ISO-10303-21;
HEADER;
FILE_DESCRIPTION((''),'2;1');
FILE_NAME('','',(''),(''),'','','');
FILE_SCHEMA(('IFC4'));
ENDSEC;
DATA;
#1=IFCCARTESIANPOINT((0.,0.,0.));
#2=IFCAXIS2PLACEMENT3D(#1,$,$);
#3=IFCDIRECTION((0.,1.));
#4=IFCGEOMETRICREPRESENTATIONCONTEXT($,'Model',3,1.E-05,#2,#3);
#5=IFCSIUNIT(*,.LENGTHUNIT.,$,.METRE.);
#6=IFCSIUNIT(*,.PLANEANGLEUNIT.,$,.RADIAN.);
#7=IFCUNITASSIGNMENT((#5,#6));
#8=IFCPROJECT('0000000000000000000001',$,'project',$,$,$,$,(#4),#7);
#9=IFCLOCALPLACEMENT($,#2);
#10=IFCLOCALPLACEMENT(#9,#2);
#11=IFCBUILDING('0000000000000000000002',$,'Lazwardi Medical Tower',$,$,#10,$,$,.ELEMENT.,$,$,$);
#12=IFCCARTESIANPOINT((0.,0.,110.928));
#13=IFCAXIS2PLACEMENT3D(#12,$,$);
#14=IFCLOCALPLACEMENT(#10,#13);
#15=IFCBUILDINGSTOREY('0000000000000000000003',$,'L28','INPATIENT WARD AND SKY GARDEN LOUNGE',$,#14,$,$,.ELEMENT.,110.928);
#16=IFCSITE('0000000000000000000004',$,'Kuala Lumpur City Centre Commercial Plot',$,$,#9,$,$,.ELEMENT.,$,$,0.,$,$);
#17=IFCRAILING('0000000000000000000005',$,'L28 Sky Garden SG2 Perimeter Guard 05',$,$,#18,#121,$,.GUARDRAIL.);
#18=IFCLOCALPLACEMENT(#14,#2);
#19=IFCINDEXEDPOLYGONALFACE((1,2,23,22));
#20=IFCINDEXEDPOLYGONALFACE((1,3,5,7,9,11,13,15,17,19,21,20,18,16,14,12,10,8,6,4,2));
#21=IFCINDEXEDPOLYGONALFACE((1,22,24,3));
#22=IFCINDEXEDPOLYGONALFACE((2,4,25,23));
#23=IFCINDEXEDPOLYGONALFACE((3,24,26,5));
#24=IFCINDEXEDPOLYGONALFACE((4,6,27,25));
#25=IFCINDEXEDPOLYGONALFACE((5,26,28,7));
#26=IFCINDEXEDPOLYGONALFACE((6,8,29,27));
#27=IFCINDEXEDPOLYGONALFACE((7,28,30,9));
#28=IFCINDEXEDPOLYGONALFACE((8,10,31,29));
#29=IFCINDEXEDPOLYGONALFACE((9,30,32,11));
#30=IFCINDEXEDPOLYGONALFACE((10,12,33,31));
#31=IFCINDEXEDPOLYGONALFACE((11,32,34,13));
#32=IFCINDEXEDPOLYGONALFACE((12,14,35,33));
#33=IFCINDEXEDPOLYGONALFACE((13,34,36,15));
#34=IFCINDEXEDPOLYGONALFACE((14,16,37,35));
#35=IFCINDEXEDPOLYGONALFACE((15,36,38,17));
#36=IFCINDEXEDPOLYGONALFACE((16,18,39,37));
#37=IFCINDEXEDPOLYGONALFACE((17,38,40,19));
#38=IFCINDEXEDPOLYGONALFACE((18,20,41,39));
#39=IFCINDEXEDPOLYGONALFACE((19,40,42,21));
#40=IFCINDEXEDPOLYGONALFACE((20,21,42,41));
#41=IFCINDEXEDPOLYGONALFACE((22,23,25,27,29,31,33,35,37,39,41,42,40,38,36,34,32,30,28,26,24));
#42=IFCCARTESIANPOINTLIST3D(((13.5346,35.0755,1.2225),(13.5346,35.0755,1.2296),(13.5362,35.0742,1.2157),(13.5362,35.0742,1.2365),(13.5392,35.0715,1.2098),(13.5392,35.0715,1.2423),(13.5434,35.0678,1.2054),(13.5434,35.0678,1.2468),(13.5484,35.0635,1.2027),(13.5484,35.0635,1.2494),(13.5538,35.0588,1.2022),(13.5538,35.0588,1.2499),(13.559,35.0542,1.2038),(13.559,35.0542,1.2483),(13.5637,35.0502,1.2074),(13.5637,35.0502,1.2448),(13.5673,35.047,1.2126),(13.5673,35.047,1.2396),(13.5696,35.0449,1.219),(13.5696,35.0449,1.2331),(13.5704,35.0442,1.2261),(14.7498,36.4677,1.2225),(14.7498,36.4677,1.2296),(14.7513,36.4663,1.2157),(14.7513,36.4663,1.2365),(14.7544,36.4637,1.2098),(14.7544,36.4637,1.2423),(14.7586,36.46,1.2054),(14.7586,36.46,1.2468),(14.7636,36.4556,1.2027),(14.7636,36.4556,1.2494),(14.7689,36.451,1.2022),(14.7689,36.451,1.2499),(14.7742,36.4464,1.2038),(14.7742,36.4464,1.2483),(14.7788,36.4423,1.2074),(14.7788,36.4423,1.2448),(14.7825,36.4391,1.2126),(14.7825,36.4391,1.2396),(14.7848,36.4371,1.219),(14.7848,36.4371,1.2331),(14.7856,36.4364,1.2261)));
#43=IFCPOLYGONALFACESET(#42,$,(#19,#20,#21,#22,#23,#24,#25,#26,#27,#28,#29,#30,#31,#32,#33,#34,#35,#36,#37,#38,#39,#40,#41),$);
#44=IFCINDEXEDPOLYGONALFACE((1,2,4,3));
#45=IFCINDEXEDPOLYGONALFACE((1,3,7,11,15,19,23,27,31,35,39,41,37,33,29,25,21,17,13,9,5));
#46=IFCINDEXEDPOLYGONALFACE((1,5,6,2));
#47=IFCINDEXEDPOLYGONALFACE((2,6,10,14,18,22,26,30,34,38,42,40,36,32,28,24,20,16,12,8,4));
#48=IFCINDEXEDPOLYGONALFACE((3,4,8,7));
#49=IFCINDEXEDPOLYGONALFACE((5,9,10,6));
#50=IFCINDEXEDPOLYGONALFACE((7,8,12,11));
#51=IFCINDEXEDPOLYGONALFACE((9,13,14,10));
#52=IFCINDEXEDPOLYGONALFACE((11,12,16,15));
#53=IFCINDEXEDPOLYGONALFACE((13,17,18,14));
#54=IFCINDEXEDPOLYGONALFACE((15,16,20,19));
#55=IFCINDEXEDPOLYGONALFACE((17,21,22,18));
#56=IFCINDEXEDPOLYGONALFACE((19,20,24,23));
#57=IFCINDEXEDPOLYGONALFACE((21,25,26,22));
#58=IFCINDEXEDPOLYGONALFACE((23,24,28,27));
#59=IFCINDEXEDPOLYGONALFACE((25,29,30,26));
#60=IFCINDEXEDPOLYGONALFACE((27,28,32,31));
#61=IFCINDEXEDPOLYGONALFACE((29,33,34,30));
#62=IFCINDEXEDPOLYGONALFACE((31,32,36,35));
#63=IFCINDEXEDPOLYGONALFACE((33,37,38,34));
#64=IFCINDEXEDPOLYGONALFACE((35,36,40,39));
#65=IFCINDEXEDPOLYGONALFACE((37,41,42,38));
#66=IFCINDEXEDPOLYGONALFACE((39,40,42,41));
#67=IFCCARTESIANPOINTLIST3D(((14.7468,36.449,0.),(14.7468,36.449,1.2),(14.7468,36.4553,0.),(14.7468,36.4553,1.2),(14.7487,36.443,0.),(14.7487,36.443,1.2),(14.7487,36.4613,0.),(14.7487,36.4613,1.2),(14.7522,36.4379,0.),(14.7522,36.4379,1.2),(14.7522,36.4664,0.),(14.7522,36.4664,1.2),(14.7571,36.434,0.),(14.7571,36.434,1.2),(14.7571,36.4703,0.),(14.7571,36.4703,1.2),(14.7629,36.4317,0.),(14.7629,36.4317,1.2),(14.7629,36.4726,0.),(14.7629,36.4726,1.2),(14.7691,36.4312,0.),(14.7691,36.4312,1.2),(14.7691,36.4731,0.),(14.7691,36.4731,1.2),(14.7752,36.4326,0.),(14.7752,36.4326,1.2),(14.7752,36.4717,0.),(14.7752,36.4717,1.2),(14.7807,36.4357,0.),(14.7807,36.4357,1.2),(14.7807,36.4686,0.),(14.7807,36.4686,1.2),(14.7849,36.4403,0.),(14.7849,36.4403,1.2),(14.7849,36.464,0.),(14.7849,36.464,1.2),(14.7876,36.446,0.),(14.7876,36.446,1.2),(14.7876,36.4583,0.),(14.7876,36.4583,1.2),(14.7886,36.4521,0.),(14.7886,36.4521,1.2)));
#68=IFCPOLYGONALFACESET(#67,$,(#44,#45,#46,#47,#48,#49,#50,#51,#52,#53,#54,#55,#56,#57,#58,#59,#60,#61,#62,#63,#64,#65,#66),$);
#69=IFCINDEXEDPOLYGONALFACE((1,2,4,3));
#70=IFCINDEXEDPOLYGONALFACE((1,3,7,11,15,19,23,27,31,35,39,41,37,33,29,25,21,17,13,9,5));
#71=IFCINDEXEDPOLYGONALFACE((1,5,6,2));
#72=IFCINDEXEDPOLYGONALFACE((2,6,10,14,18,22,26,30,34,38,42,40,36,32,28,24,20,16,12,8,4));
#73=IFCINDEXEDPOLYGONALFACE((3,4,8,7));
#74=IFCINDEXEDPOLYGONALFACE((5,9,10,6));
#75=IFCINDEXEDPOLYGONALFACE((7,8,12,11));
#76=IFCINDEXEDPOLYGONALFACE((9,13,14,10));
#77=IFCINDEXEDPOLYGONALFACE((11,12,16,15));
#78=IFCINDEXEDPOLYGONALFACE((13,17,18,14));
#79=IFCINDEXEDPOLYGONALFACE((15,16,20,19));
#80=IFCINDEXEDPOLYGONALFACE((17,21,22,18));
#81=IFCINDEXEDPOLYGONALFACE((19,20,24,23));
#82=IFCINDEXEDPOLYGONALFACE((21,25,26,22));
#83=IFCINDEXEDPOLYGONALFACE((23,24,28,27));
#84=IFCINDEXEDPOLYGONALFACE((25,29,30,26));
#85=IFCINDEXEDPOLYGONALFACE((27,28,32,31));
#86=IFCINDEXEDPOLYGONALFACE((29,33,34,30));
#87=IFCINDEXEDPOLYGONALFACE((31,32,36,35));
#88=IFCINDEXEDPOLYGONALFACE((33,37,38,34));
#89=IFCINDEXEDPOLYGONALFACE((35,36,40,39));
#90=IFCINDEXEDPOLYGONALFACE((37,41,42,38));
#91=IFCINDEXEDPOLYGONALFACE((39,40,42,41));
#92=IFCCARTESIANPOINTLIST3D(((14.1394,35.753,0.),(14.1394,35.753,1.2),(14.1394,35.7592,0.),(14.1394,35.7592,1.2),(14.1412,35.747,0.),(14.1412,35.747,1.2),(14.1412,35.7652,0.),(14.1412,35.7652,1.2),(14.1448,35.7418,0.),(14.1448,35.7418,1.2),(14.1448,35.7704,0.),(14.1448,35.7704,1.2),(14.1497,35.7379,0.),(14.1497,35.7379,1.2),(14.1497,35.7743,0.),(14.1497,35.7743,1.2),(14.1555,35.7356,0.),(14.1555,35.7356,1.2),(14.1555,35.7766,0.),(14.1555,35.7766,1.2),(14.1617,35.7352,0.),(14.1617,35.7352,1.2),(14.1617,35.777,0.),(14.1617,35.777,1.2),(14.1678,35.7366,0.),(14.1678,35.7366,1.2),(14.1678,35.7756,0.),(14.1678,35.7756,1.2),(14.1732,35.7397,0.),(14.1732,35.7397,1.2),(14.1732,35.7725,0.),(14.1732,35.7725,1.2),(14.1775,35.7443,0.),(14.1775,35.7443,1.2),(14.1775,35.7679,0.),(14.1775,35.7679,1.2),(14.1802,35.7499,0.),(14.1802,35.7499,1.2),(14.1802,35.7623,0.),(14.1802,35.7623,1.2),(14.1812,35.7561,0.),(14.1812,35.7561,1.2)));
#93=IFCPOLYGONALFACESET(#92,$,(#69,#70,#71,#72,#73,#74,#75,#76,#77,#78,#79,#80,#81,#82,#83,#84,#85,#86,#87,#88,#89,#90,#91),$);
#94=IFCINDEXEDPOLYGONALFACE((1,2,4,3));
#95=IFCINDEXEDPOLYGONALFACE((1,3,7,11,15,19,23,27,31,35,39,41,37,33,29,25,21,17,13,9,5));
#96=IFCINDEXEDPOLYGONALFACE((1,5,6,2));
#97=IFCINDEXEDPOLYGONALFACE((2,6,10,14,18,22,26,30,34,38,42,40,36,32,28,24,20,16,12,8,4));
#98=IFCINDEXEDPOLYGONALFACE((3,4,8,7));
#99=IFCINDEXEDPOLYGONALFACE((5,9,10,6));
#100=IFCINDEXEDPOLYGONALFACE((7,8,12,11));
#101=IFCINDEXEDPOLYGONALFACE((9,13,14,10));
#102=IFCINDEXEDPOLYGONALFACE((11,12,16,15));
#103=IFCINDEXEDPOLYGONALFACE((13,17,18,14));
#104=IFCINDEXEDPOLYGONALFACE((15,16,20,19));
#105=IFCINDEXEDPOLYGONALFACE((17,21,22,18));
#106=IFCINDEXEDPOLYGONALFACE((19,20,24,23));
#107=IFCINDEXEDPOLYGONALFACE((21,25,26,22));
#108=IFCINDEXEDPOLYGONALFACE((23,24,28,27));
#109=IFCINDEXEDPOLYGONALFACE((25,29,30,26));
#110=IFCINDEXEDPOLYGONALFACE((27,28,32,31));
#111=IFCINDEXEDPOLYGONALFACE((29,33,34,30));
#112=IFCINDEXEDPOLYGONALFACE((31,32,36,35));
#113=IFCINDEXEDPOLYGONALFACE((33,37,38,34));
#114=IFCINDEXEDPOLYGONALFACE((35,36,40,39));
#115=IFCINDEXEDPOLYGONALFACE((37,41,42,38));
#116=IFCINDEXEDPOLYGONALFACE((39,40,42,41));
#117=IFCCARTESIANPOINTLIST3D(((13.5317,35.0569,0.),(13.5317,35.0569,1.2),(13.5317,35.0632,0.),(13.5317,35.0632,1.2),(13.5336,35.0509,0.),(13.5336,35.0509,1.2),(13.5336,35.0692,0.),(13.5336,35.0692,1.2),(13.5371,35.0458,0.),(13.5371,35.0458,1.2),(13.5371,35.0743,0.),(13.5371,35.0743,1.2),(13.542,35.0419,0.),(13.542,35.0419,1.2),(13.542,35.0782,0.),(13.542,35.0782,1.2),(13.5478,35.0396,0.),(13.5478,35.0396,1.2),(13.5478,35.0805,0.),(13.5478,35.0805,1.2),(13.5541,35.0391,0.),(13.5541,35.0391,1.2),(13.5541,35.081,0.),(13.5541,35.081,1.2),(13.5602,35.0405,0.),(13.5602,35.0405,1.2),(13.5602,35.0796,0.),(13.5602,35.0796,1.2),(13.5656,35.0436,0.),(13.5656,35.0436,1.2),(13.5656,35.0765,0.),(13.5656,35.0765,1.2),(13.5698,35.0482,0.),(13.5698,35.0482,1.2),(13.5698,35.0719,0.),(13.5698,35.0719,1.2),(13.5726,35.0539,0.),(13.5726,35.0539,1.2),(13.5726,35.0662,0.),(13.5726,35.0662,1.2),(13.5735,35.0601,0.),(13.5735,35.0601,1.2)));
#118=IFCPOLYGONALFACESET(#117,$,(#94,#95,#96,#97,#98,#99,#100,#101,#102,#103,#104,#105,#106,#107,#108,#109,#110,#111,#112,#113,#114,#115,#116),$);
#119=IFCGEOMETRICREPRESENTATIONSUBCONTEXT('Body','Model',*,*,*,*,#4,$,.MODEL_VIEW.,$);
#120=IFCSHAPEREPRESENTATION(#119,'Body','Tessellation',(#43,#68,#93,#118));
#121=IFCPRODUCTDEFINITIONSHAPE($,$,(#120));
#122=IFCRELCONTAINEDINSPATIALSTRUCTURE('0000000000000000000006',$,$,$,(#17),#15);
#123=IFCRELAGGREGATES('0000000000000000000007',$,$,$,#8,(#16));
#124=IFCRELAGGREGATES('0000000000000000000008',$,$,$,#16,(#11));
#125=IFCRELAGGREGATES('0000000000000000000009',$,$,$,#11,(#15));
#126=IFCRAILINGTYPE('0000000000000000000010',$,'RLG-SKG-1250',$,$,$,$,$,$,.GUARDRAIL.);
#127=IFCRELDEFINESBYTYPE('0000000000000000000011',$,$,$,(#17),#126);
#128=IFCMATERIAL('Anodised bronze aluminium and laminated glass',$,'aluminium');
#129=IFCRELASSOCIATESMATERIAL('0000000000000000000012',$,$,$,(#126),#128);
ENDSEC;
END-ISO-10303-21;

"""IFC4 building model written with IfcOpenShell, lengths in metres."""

from ifc_helpers import new_model, si_unit, direction, frame, origin, origin_2d, place, context, subcontext, project, spatial, circle, extrude, material, type_object, element, save


model = new_model("IFC4")

# Units and contexts
model_context = context("Model", 3, precision=1e-05, world=origin(), true_north=direction((0.0, 1.0)))
body_context = subcontext(model_context, "Body", "Model", "MODEL_VIEW")
ifc_project = project(units=[si_unit("LENGTHUNIT", "METRE"), si_unit("PLANEANGLEUNIT", "RADIAN")], contexts=[model_context])

# Site, building, storey
site_placement = place(None, origin())
site = spatial("IfcSite", under=ifc_project, at=site_placement, Name="Kuala Lumpur City Centre Commercial Plot", CompositionType="ELEMENT", RefElevation=0.0)
building_placement = place(site_placement, origin())
building = spatial("IfcBuilding", under=site, at=building_placement, Name="Lazwardi Medical Tower", CompositionType="ELEMENT")
storey_placement = place(building_placement, frame((0.0, 0.0, 110.928)))
storey = spatial("IfcBuildingStorey", under=building, at=storey_placement, Name="L28", Description="INPATIENT WARD AND SKY GARDEN LOUNGE", CompositionType="ELEMENT", Elevation=110.928)

# Shared definitions
ifc_material_1 = material(Name="Anodised bronze aluminium and laminated glass", Category="aluminium")

# Railing
railing_type = type_object("IfcRailingType", Name="RLG-SKG-1250", PredefinedType="GUARDRAIL", material=ifc_material_1)
railing_1_placement = place(storey_placement, frame((14.7676, 36.4521, 0.0)))
element("IfcRailing", 1, at=railing_1_placement, inside=storey, type_object=railing_type, Name="L28 Sky Garden SG2 Perimeter Guard 05", PredefinedType="GUARDRAIL", context=body_context, shape_type="SweptSolid", body=[
    extrude(circle(Radius=0.0239, at=origin_2d()), frame((0.0, 0.0, 1.2261), z_axis=(-0.657587, -0.753378, 0.0), x_axis=(0.753378, -0.657587, 0.0)), (0.0, 0.0, 1.0), 1.8479),
    extrude(circle(Radius=0.021, at=origin_2d()), origin(), (0.0, 0.0, 1.0), 1.2),
    extrude(circle(Radius=0.021, at=origin_2d()), frame((-0.6074, -0.696, 0.0)), (0.0, 0.0, 1.0), 1.2),
    extrude(circle(Radius=0.021, at=origin_2d()), frame((-1.2151, -1.3921, 0.0)), (0.0, 0.0, 1.0), 1.2),
])

save(model, "model.ifc")
